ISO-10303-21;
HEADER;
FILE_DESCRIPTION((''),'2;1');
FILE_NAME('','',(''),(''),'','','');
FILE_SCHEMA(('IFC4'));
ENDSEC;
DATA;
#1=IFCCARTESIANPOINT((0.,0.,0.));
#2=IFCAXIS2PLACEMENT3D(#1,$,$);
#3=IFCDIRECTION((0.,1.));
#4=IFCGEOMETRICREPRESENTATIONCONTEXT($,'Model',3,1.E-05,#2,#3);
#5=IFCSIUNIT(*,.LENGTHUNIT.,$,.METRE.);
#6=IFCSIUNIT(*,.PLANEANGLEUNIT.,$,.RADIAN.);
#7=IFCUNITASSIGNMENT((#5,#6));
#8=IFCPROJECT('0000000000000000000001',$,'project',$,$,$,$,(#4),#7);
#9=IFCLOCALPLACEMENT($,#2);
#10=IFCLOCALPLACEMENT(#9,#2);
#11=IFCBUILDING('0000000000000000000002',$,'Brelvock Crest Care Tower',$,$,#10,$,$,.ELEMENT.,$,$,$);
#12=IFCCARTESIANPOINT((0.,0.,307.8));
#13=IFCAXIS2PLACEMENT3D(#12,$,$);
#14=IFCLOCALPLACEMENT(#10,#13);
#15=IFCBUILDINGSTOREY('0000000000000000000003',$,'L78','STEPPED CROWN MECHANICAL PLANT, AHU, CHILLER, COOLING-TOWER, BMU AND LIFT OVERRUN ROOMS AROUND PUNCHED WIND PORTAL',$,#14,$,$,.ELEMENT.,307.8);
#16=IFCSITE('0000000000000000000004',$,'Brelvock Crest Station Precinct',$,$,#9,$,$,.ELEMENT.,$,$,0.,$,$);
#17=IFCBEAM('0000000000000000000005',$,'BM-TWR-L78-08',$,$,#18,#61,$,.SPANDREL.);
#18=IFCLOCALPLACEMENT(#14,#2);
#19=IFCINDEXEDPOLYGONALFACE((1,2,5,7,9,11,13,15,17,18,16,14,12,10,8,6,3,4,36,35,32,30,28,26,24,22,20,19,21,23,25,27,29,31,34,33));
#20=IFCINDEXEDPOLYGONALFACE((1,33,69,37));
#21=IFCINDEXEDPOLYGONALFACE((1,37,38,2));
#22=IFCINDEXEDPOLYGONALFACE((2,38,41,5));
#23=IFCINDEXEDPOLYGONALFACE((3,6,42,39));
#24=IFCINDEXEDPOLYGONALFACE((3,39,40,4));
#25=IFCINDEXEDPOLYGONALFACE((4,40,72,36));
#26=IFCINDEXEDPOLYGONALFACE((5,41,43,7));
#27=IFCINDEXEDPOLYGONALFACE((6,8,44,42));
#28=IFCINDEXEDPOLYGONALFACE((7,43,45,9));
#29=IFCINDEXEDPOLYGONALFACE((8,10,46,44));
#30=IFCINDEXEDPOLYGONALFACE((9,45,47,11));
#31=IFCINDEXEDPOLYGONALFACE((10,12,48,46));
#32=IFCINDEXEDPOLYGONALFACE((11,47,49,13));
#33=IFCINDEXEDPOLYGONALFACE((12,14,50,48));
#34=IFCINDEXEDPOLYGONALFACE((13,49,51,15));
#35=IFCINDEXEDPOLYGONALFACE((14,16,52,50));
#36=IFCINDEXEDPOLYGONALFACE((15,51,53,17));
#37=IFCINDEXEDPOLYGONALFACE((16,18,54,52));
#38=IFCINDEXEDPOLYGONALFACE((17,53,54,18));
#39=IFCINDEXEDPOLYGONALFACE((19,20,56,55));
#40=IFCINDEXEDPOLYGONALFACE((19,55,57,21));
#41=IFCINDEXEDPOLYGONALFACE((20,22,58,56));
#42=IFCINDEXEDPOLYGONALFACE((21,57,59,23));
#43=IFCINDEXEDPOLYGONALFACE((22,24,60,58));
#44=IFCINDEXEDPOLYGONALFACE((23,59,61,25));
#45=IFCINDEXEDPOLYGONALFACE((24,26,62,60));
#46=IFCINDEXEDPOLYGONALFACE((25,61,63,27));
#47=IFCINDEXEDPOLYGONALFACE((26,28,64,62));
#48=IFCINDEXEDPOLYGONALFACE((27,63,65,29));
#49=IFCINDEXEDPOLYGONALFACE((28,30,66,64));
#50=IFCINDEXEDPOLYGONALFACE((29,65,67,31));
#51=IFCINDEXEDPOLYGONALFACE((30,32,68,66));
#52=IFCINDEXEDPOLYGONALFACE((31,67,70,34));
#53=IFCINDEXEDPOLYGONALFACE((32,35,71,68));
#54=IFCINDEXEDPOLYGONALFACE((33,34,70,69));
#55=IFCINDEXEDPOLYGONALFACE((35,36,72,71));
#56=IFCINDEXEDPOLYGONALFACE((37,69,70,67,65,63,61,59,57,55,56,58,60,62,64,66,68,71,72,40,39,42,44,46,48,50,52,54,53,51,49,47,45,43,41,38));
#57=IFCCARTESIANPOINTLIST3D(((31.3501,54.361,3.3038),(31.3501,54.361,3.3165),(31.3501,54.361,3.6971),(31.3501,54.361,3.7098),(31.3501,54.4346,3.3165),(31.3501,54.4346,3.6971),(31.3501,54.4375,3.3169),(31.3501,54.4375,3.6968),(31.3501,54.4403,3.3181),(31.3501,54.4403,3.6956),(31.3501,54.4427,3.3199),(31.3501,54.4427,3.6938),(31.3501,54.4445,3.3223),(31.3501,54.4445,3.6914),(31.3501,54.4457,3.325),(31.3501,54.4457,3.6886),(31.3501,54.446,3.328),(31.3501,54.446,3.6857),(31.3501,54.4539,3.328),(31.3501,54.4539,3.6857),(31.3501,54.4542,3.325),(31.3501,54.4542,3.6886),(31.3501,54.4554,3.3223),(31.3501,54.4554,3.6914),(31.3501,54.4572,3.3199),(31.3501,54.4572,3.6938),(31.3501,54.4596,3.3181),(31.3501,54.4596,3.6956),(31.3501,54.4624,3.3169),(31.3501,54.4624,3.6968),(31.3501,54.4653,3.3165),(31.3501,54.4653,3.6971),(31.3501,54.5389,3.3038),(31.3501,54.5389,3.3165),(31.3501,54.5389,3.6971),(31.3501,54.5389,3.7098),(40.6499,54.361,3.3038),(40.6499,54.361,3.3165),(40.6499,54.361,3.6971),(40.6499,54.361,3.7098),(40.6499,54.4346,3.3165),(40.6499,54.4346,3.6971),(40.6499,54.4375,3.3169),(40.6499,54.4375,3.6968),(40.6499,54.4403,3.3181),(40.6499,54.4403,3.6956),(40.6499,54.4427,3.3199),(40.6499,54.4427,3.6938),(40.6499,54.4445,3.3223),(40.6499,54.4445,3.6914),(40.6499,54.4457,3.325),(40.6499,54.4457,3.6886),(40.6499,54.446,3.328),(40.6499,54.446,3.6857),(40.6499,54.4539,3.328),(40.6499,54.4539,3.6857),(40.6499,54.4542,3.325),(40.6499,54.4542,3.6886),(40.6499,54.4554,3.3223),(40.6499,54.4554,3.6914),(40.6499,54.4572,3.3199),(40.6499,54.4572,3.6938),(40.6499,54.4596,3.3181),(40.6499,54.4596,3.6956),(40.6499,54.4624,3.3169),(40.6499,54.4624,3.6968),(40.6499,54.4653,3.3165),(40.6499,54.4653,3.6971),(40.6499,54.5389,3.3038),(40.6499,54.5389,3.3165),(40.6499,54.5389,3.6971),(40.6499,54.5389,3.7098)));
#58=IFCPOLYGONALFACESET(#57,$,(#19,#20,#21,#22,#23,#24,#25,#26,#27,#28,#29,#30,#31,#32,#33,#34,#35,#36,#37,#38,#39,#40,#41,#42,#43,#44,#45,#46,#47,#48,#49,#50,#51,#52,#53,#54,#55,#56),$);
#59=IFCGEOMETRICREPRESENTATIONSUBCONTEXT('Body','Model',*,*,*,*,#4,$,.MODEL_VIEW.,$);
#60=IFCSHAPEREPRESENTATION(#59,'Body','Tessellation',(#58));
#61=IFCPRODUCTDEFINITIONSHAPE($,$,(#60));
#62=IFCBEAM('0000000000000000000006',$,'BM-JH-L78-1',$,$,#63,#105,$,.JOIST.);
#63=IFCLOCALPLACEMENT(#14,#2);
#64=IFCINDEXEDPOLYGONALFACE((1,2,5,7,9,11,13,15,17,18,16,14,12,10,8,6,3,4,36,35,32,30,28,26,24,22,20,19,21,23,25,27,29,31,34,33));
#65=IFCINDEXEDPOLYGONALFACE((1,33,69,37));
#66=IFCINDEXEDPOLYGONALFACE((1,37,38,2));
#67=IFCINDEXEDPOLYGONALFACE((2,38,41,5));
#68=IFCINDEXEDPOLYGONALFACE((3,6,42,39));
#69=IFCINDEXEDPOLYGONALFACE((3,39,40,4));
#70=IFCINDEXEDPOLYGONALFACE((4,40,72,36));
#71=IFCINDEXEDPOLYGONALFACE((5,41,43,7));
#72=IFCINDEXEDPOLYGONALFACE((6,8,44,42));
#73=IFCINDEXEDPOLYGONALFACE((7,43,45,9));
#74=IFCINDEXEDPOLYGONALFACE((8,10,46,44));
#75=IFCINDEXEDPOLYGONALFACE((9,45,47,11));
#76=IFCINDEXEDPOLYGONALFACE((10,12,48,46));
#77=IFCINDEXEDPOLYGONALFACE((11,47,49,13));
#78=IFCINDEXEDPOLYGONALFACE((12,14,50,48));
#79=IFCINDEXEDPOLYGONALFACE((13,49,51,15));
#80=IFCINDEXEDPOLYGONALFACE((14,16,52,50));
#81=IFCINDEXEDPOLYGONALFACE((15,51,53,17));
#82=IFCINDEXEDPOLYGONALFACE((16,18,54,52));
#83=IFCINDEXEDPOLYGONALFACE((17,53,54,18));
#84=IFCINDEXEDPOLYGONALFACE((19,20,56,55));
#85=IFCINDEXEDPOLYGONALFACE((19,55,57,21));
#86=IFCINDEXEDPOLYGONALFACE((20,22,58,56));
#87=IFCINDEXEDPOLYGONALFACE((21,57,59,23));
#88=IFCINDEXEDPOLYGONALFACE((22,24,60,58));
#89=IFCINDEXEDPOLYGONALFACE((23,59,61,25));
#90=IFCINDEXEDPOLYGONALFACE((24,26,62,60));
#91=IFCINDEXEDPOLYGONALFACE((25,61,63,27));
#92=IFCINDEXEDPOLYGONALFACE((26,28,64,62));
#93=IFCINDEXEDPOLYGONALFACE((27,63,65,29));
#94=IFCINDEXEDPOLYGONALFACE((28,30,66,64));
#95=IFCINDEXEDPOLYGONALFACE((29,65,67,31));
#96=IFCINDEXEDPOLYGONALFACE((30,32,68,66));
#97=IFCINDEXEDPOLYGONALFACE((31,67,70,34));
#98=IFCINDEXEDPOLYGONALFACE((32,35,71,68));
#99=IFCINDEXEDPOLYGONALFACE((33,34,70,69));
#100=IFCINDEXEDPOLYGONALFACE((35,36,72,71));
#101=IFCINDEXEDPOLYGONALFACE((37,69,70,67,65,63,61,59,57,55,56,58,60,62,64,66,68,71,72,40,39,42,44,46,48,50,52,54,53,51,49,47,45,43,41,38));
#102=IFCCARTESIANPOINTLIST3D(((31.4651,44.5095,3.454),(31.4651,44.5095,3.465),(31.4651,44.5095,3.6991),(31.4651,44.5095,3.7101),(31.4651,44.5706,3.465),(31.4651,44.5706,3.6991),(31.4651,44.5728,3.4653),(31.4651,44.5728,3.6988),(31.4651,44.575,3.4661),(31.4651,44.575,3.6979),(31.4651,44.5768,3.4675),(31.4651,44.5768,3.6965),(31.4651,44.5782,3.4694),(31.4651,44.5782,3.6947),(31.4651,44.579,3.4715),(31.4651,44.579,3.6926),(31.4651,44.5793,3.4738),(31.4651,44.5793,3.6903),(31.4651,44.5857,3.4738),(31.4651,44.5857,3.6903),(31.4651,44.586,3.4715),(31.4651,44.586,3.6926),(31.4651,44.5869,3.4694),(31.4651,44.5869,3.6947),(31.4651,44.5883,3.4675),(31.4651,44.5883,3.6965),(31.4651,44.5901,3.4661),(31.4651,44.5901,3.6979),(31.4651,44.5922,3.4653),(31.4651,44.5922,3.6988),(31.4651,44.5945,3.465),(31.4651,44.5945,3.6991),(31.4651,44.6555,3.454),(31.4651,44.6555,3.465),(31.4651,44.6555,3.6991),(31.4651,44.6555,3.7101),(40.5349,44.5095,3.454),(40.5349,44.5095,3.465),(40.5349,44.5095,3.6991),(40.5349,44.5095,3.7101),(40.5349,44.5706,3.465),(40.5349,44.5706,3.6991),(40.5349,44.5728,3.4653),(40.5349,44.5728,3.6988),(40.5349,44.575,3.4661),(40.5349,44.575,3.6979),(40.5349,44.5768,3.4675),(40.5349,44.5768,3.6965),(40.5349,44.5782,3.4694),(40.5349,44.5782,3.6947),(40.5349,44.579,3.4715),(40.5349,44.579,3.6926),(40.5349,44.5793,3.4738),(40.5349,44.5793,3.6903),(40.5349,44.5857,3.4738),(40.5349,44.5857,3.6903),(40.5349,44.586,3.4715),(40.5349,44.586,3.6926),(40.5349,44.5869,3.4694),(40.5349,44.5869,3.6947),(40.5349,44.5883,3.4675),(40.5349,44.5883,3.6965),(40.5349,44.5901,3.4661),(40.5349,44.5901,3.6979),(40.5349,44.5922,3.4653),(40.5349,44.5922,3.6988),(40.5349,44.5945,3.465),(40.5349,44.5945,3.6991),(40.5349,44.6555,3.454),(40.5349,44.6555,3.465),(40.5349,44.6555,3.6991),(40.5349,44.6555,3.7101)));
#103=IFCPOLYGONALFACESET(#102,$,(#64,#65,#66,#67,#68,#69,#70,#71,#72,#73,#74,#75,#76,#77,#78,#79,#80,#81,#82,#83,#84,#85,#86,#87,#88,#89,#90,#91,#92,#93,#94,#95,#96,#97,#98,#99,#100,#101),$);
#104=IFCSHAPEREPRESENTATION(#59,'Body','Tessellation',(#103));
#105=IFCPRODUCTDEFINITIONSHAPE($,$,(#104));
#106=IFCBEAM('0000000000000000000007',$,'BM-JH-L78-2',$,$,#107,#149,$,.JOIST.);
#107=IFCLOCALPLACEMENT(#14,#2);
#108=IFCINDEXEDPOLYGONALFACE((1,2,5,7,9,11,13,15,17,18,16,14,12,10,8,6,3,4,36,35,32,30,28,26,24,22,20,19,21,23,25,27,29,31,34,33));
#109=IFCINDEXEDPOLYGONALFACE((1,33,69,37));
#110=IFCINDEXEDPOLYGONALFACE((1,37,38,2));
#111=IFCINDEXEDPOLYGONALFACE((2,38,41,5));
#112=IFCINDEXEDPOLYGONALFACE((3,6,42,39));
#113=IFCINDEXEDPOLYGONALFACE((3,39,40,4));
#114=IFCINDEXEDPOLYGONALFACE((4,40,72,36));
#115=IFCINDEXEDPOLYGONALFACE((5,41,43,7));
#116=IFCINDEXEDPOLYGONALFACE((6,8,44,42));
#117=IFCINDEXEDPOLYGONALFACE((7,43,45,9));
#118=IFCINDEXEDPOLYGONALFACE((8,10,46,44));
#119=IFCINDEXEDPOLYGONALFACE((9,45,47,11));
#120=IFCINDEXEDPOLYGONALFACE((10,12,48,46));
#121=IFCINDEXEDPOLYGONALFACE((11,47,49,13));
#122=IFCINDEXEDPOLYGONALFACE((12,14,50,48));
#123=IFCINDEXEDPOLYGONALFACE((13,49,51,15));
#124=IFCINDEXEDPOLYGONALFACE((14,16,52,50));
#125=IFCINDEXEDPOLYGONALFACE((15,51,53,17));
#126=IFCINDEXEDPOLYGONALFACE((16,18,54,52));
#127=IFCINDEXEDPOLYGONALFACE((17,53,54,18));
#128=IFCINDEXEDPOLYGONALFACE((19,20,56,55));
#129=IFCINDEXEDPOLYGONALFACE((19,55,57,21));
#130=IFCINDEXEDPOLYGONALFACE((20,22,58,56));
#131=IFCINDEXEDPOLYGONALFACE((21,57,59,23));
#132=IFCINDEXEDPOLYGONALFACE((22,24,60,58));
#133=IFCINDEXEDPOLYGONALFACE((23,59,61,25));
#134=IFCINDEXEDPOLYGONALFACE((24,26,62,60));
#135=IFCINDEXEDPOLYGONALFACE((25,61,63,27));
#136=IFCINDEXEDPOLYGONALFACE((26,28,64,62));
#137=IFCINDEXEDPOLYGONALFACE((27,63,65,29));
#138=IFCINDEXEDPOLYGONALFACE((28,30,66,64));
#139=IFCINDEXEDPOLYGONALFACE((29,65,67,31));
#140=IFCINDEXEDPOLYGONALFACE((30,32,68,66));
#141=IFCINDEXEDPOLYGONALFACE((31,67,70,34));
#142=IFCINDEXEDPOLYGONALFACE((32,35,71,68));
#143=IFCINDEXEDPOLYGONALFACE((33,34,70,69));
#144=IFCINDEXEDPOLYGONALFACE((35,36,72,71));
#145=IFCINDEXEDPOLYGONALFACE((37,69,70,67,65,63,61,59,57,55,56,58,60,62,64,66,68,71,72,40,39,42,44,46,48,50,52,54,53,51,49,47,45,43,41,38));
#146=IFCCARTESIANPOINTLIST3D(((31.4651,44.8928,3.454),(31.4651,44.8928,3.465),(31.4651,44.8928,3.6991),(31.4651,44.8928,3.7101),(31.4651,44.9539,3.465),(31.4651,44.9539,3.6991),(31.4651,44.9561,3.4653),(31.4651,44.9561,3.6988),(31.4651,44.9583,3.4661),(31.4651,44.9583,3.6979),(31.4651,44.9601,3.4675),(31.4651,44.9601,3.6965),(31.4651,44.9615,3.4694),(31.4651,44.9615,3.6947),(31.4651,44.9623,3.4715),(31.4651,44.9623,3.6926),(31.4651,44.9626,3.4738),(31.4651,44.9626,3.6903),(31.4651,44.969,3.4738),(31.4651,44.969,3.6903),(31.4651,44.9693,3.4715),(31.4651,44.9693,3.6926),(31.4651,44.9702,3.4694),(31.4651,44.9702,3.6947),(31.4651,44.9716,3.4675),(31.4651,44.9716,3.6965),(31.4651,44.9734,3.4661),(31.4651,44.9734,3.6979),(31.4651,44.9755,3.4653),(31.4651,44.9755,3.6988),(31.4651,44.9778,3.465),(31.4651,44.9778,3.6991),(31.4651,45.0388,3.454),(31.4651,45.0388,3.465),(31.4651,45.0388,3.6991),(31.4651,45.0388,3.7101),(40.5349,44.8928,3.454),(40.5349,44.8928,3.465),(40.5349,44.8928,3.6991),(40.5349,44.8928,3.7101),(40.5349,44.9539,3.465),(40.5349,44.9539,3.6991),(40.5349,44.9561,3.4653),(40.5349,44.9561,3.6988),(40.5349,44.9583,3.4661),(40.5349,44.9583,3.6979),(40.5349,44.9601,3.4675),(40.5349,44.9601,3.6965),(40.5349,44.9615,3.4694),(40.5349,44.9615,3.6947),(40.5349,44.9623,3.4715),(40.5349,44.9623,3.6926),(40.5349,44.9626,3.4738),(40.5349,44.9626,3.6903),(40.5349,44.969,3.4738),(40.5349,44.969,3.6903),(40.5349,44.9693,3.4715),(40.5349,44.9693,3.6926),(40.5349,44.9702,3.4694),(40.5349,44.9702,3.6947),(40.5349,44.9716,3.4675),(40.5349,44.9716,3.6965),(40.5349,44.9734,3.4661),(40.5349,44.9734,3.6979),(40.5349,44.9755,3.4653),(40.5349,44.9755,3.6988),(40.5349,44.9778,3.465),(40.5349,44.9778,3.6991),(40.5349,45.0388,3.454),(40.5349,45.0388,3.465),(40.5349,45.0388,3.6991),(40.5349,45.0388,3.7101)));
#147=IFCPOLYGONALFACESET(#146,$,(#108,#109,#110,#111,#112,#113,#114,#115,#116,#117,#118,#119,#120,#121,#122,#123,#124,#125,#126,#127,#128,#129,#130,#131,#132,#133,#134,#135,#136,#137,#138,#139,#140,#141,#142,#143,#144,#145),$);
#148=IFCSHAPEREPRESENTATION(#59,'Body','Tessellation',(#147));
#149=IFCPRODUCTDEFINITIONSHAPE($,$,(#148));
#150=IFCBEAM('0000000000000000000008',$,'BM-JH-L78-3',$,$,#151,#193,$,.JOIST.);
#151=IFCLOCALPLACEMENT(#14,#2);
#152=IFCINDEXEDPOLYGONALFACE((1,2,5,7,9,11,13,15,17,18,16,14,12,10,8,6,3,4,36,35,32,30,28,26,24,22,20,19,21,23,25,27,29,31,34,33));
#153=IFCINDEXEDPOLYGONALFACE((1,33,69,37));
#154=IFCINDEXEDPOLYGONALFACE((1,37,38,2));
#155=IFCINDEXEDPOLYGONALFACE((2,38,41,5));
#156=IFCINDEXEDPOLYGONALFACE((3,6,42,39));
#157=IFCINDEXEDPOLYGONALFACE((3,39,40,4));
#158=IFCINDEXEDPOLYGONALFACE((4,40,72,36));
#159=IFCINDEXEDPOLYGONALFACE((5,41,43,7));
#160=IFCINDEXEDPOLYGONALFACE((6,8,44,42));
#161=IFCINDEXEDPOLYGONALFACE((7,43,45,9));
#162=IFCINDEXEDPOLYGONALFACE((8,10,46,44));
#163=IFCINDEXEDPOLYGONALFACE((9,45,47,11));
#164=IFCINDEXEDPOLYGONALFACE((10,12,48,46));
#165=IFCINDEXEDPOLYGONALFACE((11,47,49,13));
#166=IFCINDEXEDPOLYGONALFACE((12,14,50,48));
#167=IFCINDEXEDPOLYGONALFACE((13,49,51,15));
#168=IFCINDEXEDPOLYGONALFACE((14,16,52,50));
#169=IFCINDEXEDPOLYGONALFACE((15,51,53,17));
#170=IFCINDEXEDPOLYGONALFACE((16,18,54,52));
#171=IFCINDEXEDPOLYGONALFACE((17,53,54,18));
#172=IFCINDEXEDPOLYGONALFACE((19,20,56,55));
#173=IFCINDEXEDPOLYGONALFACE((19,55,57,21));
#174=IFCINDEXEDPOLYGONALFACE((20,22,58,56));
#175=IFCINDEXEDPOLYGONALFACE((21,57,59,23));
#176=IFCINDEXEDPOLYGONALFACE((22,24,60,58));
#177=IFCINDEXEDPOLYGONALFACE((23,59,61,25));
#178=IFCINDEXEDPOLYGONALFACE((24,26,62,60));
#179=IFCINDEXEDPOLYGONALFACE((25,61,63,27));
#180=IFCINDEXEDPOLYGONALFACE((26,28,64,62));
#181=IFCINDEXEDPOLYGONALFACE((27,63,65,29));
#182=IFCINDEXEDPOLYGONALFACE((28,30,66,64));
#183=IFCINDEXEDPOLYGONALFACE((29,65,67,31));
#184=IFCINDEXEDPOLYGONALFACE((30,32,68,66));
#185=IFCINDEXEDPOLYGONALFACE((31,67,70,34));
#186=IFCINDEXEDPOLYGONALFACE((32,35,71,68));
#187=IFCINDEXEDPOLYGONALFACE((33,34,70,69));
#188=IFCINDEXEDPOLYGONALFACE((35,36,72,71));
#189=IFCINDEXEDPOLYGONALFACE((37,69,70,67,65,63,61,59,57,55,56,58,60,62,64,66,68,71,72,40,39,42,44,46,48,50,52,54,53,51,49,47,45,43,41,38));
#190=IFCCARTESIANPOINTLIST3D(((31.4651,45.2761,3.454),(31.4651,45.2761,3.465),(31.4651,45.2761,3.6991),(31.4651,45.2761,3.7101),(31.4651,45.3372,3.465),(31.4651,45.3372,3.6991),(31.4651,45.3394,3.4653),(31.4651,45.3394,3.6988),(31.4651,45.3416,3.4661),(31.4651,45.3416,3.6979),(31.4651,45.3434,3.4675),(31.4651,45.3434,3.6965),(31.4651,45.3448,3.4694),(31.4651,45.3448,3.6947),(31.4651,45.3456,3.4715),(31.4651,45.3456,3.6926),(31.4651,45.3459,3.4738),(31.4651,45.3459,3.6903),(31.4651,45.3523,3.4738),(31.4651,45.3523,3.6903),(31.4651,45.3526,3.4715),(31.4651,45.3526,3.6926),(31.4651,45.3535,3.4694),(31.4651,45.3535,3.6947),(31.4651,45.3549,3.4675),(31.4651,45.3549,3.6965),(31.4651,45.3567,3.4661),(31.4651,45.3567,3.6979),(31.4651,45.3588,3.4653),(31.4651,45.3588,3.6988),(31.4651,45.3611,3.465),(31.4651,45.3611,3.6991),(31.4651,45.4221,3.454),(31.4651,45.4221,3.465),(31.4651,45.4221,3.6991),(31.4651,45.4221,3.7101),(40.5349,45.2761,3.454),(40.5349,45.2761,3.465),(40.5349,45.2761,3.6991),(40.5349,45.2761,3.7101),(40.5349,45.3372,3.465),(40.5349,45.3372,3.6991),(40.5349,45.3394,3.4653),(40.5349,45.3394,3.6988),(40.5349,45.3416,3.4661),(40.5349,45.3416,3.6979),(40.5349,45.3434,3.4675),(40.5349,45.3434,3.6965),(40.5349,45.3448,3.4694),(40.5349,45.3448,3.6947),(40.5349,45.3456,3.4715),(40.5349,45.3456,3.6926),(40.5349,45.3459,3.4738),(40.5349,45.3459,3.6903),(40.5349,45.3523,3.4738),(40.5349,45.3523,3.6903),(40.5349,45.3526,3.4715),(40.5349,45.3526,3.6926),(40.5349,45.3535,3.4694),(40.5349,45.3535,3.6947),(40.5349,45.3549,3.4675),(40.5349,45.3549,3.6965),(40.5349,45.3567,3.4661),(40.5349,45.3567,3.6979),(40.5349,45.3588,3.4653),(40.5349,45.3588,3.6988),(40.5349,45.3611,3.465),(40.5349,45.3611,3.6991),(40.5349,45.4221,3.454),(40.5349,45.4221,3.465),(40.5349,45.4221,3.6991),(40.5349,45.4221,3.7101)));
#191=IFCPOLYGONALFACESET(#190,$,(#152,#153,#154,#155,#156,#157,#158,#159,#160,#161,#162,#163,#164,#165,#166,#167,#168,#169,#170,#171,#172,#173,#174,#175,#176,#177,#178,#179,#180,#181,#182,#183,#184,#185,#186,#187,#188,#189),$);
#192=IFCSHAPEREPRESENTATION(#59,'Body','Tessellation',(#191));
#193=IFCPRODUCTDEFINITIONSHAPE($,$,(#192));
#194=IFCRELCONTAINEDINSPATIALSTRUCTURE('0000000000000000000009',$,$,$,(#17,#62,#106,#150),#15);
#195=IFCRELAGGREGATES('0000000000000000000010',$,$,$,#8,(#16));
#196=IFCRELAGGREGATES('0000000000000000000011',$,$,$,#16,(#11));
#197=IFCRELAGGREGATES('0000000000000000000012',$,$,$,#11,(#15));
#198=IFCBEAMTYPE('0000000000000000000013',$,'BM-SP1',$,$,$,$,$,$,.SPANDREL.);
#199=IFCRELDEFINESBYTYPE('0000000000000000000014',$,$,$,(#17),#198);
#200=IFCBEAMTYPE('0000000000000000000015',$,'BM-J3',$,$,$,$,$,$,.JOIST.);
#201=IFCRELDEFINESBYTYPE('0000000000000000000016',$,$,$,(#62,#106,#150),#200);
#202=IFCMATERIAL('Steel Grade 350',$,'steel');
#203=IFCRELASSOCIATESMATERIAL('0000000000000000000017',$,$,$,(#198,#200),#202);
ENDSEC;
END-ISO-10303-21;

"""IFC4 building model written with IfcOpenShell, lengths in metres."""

from ifc_helpers import new_model, si_unit, direction, frame, origin, origin_2d, place, context, subcontext, project, spatial, i_section, extrude, source, transform, mapped, material, material_profile, profile_set, type_object, element, save


model = new_model("IFC4")

# Units and contexts
model_context = context("Model", 3, precision=1e-05, world=origin(), true_north=direction((0.0, 1.0)))
body_context = subcontext(model_context, "Body", "Model", "MODEL_VIEW")
ifc_project = project(units=[si_unit("LENGTHUNIT", "METRE"), si_unit("PLANEANGLEUNIT", "RADIAN")], contexts=[model_context])

# Site, building, storey
site_placement = place(None, origin())
site = spatial("IfcSite", under=ifc_project, at=site_placement, Name="Brelvock Crest Station Precinct", CompositionType="ELEMENT", RefElevation=0.0)
building_placement = place(site_placement, origin())
building = spatial("IfcBuilding", under=site, at=building_placement, Name="Brelvock Crest Care Tower", CompositionType="ELEMENT")
storey_placement = place(building_placement, frame((0.0, 0.0, 307.8)))
storey = spatial("IfcBuildingStorey", under=building, at=storey_placement, Name="L78", Description="STEPPED CROWN MECHANICAL PLANT, AHU, CHILLER, COOLING-TOWER, BMU AND LIFT OVERRUN ROOMS AROUND PUNCHED WIND PORTAL", CompositionType="ELEMENT", Elevation=307.8)

# Shared definitions
ifc_material_1 = material(Name="Steel Grade 350", Category="steel")

# Beams
ifc_material_profile_1 = material_profile(ifc_material_1, i_section(OverallWidth=0.178, OverallDepth=0.406, WebThickness=0.0078, FlangeThickness=0.0127, FilletRadius=0.0115, at=origin_2d()), Name="410UB59.7")
ifc_profile_set_1 = profile_set([ifc_material_profile_1], Name="Steel Grade 350")
beam_type_1 = type_object("IfcBeamType", Name="BM-SP1", PredefinedType="SPANDREL", material=ifc_profile_set_1)
shared_shape_1 = source(origin(), body_context, "Body", "SweptSolid", [
    extrude(i_section(OverallWidth=0.178, OverallDepth=0.406, WebThickness=0.0078, FlangeThickness=0.0127, FilletRadius=0.0115, at=origin_2d()), origin(), (0.0, 0.0, 1.0), 9.2998),
])
beam_1_placement = place(storey_placement, frame((31.3501, 54.45, 3.5068), z_axis=(1.0, 0.0, 0.0), x_axis=(0.0, 1.0, 0.0)))
element("IfcBeam", 1, at=beam_1_placement, inside=storey, type_object=beam_type_1, Name="BM-TWR-L78-08", PredefinedType="SPANDREL", context=body_context, shape_type="MappedRepresentation", body=[
    mapped(shared_shape_1, transform((0.0, 0.0, 0.0), x_axis=(1.0, 0.0, 0.0), y_axis=(0.0, 1.0, 0.0), z_axis=(0.0, 0.0, 1.0), scale=1.0)),
])
ifc_material_profile_2 = material_profile(ifc_material_1, i_section(OverallWidth=0.146, OverallDepth=0.2561, WebThickness=0.0063, FlangeThickness=0.011, FilletRadius=0.0088, at=origin_2d()), Name="250UB37.3")
ifc_profile_set_2 = profile_set([ifc_material_profile_2], Name="Steel Grade 350")
beam_type_2 = type_object("IfcBeamType", Name="BM-J3", PredefinedType="JOIST", material=ifc_profile_set_2)
shared_shape_2 = source(origin(), body_context, "Body", "SweptSolid", [
    extrude(i_section(OverallWidth=0.146, OverallDepth=0.2561, WebThickness=0.0063, FlangeThickness=0.011, FilletRadius=0.0088, at=origin_2d()), origin(), (0.0, 0.0, 1.0), 9.0698),
])
for number, where, z_axis, x_axis, name in (
    (2, (31.4651, 44.5825, 3.582), (1.0, 0.0, 0.0), (0.0, 1.0, 0.0), "BM-JH-L78-1"),
    (3, (31.4651, 44.9658, 3.582), (1.0, 0.0, 0.0), (0.0, 1.0, 0.0), "BM-JH-L78-2"),
    (4, (31.4651, 45.3491, 3.582), (1.0, 0.0, 0.0), (0.0, 1.0, 0.0), "BM-JH-L78-3"),
):
    element("IfcBeam", number, at=place(storey_placement, frame(where, z_axis=z_axis, x_axis=x_axis)), inside=storey, type_object=beam_type_2, Name=name, PredefinedType="JOIST", context=body_context, shape_type="MappedRepresentation", body=[
        mapped(shared_shape_2, transform((0.0, 0.0, 0.0), x_axis=(1.0, 0.0, 0.0), y_axis=(0.0, 1.0, 0.0), z_axis=(0.0, 0.0, 1.0), scale=1.0)),
    ])

save(model, "model.ifc")
